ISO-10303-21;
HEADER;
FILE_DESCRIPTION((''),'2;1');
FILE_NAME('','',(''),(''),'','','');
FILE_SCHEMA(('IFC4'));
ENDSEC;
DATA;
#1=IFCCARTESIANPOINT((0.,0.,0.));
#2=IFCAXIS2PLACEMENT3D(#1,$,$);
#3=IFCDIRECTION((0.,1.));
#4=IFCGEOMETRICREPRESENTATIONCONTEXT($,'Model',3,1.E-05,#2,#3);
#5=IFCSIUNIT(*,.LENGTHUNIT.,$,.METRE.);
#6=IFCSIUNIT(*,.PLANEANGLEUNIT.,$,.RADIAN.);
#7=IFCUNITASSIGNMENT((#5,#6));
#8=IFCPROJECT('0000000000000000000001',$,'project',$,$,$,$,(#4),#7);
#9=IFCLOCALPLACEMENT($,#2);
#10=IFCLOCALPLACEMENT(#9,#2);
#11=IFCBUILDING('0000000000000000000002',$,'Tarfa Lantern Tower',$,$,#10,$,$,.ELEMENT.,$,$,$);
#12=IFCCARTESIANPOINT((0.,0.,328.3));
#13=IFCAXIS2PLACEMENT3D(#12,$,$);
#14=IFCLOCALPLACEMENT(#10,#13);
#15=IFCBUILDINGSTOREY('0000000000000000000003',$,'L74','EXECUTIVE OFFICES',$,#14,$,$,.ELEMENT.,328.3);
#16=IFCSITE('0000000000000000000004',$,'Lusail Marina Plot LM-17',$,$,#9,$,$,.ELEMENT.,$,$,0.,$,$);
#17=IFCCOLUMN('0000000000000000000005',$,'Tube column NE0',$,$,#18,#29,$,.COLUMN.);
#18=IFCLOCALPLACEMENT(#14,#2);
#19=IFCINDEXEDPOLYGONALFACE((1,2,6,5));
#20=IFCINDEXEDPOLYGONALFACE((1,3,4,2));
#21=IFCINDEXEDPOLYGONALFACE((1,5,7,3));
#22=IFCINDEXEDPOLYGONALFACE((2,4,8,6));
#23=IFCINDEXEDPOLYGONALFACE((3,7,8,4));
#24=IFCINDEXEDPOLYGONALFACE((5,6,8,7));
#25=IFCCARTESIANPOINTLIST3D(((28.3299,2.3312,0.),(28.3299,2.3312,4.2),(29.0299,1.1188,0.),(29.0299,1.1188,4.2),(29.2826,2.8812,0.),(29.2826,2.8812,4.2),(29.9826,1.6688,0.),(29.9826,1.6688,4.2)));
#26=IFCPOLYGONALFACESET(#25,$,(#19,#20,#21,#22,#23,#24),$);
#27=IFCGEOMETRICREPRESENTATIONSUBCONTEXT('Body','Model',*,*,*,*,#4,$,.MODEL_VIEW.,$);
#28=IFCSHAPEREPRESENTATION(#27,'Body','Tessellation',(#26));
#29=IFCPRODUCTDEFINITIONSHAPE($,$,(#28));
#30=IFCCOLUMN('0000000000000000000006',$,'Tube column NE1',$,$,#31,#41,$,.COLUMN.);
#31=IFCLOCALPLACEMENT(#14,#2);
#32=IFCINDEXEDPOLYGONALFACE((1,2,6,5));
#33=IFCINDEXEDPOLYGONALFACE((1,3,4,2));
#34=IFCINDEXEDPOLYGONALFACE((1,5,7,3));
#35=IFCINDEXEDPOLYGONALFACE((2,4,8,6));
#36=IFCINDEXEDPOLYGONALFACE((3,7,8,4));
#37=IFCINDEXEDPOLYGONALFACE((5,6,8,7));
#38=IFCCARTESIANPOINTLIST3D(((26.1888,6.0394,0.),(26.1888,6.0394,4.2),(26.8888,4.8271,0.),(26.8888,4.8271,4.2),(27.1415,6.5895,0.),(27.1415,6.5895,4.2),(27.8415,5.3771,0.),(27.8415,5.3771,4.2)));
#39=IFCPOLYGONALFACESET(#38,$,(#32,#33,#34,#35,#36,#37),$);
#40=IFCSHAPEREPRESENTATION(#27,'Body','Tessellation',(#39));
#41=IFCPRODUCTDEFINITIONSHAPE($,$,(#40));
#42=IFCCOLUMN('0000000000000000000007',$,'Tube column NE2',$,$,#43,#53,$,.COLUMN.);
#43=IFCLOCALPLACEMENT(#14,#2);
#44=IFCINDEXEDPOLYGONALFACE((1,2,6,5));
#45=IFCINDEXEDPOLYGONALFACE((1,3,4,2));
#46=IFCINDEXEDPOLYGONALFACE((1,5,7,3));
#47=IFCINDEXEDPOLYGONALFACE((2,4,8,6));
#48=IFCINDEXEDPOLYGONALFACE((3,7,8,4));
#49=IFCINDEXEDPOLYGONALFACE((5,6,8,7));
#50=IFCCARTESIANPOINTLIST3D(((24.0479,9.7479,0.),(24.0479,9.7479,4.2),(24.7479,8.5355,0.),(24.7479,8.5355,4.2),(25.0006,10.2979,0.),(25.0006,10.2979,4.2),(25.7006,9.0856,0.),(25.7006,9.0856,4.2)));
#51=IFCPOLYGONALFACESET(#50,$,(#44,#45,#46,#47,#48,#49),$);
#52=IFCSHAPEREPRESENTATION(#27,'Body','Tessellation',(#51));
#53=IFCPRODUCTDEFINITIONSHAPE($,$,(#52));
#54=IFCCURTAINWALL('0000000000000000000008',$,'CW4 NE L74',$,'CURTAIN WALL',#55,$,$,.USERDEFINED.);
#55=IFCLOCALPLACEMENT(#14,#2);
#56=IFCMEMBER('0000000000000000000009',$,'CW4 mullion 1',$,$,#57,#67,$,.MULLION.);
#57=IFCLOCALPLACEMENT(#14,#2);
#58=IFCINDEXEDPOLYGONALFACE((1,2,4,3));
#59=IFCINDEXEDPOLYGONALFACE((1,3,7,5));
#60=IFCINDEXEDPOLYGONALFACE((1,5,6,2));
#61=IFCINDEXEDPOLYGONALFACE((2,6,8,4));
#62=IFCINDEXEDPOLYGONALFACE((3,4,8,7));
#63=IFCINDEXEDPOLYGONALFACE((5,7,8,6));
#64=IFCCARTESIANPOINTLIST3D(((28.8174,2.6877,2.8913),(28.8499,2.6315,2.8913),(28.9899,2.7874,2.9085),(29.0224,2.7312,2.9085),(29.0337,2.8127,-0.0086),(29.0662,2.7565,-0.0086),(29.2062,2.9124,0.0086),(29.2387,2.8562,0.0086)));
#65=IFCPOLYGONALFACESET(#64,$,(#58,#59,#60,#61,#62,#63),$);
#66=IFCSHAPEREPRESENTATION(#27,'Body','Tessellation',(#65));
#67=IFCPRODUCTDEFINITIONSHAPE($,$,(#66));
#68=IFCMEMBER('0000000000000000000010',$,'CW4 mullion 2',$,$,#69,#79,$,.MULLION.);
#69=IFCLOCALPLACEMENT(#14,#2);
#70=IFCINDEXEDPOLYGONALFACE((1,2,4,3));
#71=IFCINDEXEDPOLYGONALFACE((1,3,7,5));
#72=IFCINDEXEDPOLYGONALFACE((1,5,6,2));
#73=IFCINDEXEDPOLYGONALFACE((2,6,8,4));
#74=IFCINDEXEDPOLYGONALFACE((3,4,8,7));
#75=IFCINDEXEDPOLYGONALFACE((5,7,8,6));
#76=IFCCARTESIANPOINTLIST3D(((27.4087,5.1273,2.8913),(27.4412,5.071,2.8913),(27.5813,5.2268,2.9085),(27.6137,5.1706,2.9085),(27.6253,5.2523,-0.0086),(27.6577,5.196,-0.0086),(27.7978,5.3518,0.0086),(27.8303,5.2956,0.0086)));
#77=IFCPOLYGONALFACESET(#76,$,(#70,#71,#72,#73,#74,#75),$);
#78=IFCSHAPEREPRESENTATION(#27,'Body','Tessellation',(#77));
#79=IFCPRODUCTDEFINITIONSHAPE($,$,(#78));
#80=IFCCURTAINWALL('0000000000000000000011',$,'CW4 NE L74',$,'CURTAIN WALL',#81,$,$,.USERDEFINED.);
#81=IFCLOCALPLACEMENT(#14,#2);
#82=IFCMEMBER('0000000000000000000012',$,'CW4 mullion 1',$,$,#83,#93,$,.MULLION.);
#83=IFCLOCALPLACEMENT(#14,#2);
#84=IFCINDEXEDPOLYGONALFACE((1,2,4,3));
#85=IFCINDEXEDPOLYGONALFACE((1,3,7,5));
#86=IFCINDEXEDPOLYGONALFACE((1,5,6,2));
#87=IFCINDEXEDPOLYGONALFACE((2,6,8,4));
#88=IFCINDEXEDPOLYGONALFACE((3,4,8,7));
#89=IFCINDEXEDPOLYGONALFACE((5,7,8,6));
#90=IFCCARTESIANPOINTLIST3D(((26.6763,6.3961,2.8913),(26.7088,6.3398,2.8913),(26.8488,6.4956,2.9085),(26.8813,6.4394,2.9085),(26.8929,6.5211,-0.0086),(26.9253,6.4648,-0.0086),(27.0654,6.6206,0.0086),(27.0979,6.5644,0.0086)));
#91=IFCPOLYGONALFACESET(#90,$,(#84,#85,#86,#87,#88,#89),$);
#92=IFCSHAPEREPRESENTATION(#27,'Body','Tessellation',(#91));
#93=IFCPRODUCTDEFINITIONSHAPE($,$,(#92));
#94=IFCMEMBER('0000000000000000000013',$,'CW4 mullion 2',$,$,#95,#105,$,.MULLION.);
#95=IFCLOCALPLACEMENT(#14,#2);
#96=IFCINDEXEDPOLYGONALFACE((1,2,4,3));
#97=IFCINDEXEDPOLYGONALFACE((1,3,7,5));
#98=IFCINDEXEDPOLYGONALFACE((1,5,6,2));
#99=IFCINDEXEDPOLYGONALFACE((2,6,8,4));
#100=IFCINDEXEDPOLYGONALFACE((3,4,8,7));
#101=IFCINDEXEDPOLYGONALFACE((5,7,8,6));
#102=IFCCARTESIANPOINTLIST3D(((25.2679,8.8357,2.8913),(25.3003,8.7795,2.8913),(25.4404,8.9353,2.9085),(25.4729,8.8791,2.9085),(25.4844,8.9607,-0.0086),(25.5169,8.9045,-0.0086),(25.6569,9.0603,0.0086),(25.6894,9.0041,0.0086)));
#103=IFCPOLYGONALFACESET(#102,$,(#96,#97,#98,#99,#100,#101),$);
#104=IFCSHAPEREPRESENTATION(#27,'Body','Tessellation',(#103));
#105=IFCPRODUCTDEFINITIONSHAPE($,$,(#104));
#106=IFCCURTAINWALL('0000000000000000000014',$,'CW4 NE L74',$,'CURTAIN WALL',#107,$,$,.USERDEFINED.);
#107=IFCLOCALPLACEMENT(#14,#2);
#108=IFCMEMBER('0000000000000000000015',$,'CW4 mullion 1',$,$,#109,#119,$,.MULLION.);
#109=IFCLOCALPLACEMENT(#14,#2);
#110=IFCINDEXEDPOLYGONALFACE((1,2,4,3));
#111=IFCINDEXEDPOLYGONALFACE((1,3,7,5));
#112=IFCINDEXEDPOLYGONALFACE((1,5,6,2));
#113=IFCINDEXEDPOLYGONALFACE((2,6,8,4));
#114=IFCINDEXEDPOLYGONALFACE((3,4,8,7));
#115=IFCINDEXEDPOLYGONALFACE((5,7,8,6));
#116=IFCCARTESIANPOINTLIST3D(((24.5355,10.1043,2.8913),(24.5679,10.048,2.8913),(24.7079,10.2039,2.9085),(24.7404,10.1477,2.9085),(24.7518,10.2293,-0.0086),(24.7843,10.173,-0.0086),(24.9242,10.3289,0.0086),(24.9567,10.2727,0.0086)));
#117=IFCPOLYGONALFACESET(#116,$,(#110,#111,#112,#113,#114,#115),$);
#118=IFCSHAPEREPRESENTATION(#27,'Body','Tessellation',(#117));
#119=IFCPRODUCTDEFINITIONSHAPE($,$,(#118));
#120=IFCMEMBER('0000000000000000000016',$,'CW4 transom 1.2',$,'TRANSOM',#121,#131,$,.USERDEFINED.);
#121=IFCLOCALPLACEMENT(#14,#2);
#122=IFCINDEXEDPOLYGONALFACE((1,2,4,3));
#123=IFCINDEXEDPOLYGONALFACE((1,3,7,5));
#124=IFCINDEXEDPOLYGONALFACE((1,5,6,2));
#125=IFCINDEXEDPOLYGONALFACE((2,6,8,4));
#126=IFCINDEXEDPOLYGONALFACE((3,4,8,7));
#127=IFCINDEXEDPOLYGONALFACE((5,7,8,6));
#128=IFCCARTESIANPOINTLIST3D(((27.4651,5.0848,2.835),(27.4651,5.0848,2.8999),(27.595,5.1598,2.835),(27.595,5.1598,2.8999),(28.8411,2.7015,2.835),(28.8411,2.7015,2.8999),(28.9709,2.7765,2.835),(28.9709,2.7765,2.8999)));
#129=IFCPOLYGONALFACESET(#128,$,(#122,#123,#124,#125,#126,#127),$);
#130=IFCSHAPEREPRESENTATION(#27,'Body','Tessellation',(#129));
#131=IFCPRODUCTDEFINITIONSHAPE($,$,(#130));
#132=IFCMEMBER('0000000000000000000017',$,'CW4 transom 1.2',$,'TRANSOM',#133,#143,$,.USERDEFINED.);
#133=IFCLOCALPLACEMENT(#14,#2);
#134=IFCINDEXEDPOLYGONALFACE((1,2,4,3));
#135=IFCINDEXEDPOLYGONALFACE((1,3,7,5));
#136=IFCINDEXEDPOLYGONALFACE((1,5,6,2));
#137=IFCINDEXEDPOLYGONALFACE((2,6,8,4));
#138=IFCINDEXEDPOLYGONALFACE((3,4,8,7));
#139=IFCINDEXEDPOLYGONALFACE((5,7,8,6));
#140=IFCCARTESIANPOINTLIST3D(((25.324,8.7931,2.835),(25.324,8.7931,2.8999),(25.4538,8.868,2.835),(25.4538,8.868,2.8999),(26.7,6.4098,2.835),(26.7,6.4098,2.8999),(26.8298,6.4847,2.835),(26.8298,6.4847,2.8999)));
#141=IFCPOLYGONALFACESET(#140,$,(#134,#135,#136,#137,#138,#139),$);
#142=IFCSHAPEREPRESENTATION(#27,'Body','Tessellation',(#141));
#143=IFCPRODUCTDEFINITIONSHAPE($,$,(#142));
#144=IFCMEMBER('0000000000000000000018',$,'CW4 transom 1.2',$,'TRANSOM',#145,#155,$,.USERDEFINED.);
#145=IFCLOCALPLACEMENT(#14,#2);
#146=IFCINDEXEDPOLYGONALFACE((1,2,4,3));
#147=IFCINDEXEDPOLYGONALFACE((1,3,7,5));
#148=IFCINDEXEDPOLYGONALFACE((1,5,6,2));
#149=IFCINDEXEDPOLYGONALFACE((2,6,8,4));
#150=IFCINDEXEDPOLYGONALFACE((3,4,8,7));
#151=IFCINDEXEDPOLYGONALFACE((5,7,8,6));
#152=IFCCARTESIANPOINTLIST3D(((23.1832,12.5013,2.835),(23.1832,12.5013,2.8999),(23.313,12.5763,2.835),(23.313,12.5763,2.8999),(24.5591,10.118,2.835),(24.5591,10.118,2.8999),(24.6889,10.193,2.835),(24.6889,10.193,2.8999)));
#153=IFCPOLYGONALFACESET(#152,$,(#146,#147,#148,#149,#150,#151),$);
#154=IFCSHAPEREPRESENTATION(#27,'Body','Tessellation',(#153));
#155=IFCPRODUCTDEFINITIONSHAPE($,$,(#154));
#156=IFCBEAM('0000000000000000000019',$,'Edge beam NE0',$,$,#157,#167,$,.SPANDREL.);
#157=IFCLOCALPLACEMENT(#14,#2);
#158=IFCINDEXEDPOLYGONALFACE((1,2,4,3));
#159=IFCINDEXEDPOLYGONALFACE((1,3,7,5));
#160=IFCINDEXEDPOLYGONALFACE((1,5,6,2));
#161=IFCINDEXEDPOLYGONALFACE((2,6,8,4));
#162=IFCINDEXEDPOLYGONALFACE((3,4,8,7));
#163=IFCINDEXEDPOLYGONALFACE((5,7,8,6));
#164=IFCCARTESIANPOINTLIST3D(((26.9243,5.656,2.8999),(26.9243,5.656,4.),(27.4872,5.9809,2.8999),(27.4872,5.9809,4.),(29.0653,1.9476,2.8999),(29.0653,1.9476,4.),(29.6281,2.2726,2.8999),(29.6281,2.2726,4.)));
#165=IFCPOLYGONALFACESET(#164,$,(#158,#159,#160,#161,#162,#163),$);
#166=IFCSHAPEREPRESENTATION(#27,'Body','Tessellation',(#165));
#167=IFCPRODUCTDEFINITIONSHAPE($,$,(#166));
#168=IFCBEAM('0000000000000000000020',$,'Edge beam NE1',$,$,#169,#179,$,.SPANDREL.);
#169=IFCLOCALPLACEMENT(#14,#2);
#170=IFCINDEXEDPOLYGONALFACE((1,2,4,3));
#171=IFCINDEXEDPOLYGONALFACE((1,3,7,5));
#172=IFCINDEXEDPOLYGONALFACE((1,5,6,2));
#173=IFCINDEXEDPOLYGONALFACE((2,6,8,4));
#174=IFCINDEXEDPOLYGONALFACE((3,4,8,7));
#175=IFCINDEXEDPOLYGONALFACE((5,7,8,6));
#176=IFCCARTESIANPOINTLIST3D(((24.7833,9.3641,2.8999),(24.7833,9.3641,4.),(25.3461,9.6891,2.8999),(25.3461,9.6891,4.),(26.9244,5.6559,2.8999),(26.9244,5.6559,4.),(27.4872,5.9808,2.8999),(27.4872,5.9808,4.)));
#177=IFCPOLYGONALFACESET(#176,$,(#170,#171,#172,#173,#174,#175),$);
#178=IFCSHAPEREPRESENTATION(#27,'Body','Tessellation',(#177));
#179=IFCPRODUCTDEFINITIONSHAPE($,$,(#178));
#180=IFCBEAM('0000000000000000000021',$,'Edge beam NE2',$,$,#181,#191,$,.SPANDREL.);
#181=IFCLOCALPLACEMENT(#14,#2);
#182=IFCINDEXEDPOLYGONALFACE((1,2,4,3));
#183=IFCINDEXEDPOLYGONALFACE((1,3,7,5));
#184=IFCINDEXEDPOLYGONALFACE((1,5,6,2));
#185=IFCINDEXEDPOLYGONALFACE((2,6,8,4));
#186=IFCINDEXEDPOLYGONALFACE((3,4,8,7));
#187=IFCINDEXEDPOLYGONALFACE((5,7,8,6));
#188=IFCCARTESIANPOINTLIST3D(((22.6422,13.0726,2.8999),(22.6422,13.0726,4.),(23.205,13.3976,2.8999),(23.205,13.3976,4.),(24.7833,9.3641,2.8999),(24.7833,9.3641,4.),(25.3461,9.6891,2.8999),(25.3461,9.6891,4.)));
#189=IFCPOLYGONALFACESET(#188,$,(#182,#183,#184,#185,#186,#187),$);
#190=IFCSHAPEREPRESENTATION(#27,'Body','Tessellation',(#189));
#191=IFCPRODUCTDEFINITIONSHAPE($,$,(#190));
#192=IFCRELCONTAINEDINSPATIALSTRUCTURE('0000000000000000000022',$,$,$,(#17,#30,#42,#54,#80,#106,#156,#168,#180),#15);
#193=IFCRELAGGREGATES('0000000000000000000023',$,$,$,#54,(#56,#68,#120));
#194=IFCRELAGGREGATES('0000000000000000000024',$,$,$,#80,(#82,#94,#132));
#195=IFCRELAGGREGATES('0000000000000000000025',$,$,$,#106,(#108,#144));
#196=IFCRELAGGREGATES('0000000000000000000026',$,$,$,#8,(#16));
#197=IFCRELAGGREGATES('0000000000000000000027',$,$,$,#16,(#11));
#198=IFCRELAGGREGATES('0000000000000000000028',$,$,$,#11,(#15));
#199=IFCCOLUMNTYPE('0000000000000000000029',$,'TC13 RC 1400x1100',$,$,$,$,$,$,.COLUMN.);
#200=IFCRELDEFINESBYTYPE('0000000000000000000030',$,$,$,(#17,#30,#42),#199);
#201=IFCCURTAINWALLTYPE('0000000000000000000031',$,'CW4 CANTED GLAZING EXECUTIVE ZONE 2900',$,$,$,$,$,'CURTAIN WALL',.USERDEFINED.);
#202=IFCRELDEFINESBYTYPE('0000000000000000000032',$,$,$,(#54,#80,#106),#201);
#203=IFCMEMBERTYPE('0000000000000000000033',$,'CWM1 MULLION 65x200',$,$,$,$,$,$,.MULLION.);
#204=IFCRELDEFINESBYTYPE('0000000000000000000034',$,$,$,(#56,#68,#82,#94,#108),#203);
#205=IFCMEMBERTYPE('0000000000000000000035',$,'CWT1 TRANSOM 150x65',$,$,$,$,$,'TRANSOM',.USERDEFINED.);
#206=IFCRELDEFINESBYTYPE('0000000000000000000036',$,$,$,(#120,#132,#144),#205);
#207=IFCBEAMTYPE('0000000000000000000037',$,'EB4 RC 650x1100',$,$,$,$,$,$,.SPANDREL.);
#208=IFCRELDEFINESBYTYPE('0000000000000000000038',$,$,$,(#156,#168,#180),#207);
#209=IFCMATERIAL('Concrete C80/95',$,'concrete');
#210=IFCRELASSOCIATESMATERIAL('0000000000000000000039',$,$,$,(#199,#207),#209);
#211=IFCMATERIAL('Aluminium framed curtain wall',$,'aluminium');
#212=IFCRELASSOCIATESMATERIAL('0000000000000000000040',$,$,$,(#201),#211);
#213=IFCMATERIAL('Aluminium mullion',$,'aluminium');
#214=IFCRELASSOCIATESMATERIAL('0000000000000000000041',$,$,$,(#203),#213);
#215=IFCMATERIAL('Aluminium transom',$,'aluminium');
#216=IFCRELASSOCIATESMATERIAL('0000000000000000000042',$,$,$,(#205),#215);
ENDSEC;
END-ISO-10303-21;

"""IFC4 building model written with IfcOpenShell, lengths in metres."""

from ifc_helpers import new_model, si_unit, direction, frame, origin, origin_2d, place, context, subcontext, project, spatial, rectangle, extrude, material, material_profile, profile_set, type_object, element, aggregate, save


model = new_model("IFC4")

# Units and contexts
model_context = context("Model", 3, precision=1e-05, world=origin(), true_north=direction((0.0, 1.0)))
body_context = subcontext(model_context, "Body", "Model", "MODEL_VIEW")
ifc_project = project(units=[si_unit("LENGTHUNIT", "METRE"), si_unit("PLANEANGLEUNIT", "RADIAN")], contexts=[model_context])

# Site, building, storey
site_placement = place(None, origin())
site = spatial("IfcSite", under=ifc_project, at=site_placement, Name="Lusail Marina Plot LM-17", CompositionType="ELEMENT", RefElevation=0.0)
building_placement = place(site_placement, origin())
building = spatial("IfcBuilding", under=site, at=building_placement, Name="Tarfa Lantern Tower", CompositionType="ELEMENT")
storey_placement = place(building_placement, frame((0.0, 0.0, 328.3)))
storey = spatial("IfcBuildingStorey", under=building, at=storey_placement, Name="L74", Description="EXECUTIVE OFFICES", CompositionType="ELEMENT", Elevation=328.3)

# Columns
ifc_material_1 = material(Name="Concrete C80/95", Category="concrete")
ifc_material_profile_1 = material_profile(ifc_material_1, rectangle(XDim=1.3999, YDim=1.1001, at=origin_2d()), Name="RC 1400x1100")
ifc_profile_set_1 = profile_set([ifc_material_profile_1], Name="Concrete C80/95")
column_type = type_object("IfcColumnType", Name="TC13 RC 1400x1100", PredefinedType="COLUMN", material=ifc_profile_set_1)
for number, where, z_axis, x_axis, name in (
    (1, (29.1562, 2.0, 0.0), (0.0, 0.0, 1.0), (-0.5, 0.866025, 0.0), "Tube column NE0"),
    (2, (27.0151, 5.7083, 0.0), (0.0, 0.0, 1.0), (-0.5, 0.866025, 0.0), "Tube column NE1"),
    (3, (24.8743, 9.4167, 0.0), (0.0, 0.0, 1.0), (-0.5, 0.866025, 0.0), "Tube column NE2"),
):
    element("IfcColumn", number, at=place(storey_placement, frame(where, z_axis=z_axis, x_axis=x_axis)), inside=storey, type_object=column_type, Name=name, PredefinedType="COLUMN", context=body_context, shape_type="SweptSolid", body=[
        extrude(rectangle(XDim=1.3999, YDim=1.1001, at=origin_2d()), origin(), (0.0, 0.0, 1.0), 4.2),
    ])

# Curtain walls, members
ifc_material_2 = material(Name="Aluminium framed curtain wall", Category="aluminium")
curtain_wall_type = type_object("IfcCurtainWallType", Name="CW4 CANTED GLAZING EXECUTIVE ZONE 2900", ElementType="CURTAIN WALL", PredefinedType="USERDEFINED", material=ifc_material_2)
curtain_wall_1_placement = place(storey_placement, origin())
curtain_wall_1 = element("IfcCurtainWall", 4, at=curtain_wall_1_placement, inside=storey, type_object=curtain_wall_type, Name="CW4 NE L74", ObjectType="CURTAIN WALL", PredefinedType="USERDEFINED")
ifc_material_3 = material(Name="Aluminium mullion", Category="aluminium")
ifc_material_profile_2 = material_profile(ifc_material_3, rectangle(XDim=0.0649, YDim=0.2, at=origin_2d()), Name="AL MULLION 65x200")
ifc_profile_set_2 = profile_set([ifc_material_profile_2], Name="Aluminium mullion")
member_type_1 = type_object("IfcMemberType", Name="CWM1 MULLION 65x200", PredefinedType="MULLION", material=ifc_profile_set_2)
member_1_placement = place(storey_placement, frame((29.1362, 2.8345, 0.0), z_axis=(-0.074316, -0.042946, 0.99631), x_axis=(0.500343, -0.865827, 0.0)))
member_1 = element("IfcMember", 5, at=member_1_placement, type_object=member_type_1, Name="CW4 mullion 1", PredefinedType="MULLION", context=body_context, shape_type="SweptSolid", body=[
    extrude(rectangle(XDim=0.0649, YDim=0.2, at=origin_2d()), origin(), (0.0, 0.0, 1.0), 2.9106),
])
member_2_placement = place(storey_placement, frame((27.7278, 5.2739, 0.0), z_axis=(-0.0744, -0.042946, 0.996303), x_axis=(0.49992, -0.866072, 0.0)))
member_2 = element("IfcMember", 6, at=member_2_placement, type_object=member_type_1, Name="CW4 mullion 2", PredefinedType="MULLION", context=body_context, shape_type="SweptSolid", body=[
    extrude(rectangle(XDim=0.0649, YDim=0.2, at=origin_2d()), origin(), (0.0, 0.0, 1.0), 2.9106),
])
curtain_wall_2_placement = place(storey_placement, origin())
curtain_wall_2 = element("IfcCurtainWall", 7, at=curtain_wall_2_placement, inside=storey, type_object=curtain_wall_type, Name="CW4 NE L74", ObjectType="CURTAIN WALL", PredefinedType="USERDEFINED")
member_3_placement = place(storey_placement, frame((26.9954, 6.5427, 0.0), z_axis=(-0.0744, -0.042946, 0.996303), x_axis=(0.49992, -0.866072, 0.0)))
member_3 = element("IfcMember", 8, at=member_3_placement, type_object=member_type_1, Name="CW4 mullion 1", PredefinedType="MULLION", context=body_context, shape_type="SweptSolid", body=[
    extrude(rectangle(XDim=0.0649, YDim=0.2, at=origin_2d()), origin(), (0.0, 0.0, 1.0), 2.9106),
])
member_4_placement = place(storey_placement, frame((25.5869, 8.9824, 0.0), z_axis=(-0.0744, -0.042946, 0.996303), x_axis=(0.49992, -0.866072, 0.0)))
member_4 = element("IfcMember", 9, at=member_4_placement, type_object=member_type_1, Name="CW4 mullion 2", PredefinedType="MULLION", context=body_context, shape_type="SweptSolid", body=[
    extrude(rectangle(XDim=0.0649, YDim=0.2, at=origin_2d()), origin(), (0.0, 0.0, 1.0), 2.9106),
])

# Curtain wall, member
curtain_wall_3_placement = place(storey_placement, origin())
curtain_wall_3 = element("IfcCurtainWall", 10, at=curtain_wall_3_placement, inside=storey, type_object=curtain_wall_type, Name="CW4 NE L74", ObjectType="CURTAIN WALL", PredefinedType="USERDEFINED")
member_5_placement = place(storey_placement, frame((24.8542, 10.251, 0.0), z_axis=(-0.074316, -0.042946, 0.99631), x_axis=(0.500343, -0.865827, 0.0)))
member_5 = element("IfcMember", 11, at=member_5_placement, type_object=member_type_1, Name="CW4 mullion 1", PredefinedType="MULLION", context=body_context, shape_type="SweptSolid", body=[
    extrude(rectangle(XDim=0.0649, YDim=0.2, at=origin_2d()), origin(), (0.0, 0.0, 1.0), 2.9106),
])

# Members
ifc_material_4 = material(Name="Aluminium transom", Category="aluminium")
ifc_material_profile_3 = material_profile(ifc_material_4, rectangle(XDim=0.1499, YDim=0.0649, at=origin_2d()), Name="AL TRANSOM 150x65")
ifc_profile_set_3 = profile_set([ifc_material_profile_3], Name="Aluminium transom")
member_type_2 = type_object("IfcMemberType", Name="CWT1 TRANSOM 150x65", ElementType="TRANSOM", PredefinedType="USERDEFINED", material=ifc_profile_set_3)
member_6_placement = place(storey_placement, frame((28.906, 2.739, 2.8674), z_axis=(-0.499994, 0.866029, 0.0), x_axis=(-0.866029, -0.499994, 0.0)))
member_6 = element("IfcMember", 12, at=member_6_placement, type_object=member_type_2, Name="CW4 transom 1.2", ObjectType="TRANSOM", PredefinedType="USERDEFINED", context=body_context, shape_type="SweptSolid", body=[
    extrude(rectangle(XDim=0.1499, YDim=0.0649, at=origin_2d()), origin(), (0.0, 0.0, 1.0), 2.752),
])
member_7_placement = place(storey_placement, frame((26.7649, 6.4473, 2.8674), z_axis=(-0.499994, 0.866029, 0.0), x_axis=(-0.866029, -0.499994, 0.0)))
member_7 = element("IfcMember", 13, at=member_7_placement, type_object=member_type_2, Name="CW4 transom 1.2", ObjectType="TRANSOM", PredefinedType="USERDEFINED", context=body_context, shape_type="SweptSolid", body=[
    extrude(rectangle(XDim=0.1499, YDim=0.0649, at=origin_2d()), origin(), (0.0, 0.0, 1.0), 2.752),
])
member_8_placement = place(storey_placement, frame((24.624, 10.1555, 2.8674), z_axis=(-0.499994, 0.866029, 0.0), x_axis=(-0.866029, -0.499994, 0.0)))
member_8 = element("IfcMember", 14, at=member_8_placement, type_object=member_type_2, Name="CW4 transom 1.2", ObjectType="TRANSOM", PredefinedType="USERDEFINED", context=body_context, shape_type="SweptSolid", body=[
    extrude(rectangle(XDim=0.1499, YDim=0.0649, at=origin_2d()), origin(), (0.0, 0.0, 1.0), 2.752),
])

# Beams
ifc_material_profile_4 = material_profile(ifc_material_1, rectangle(XDim=0.6499, YDim=1.1001, at=origin_2d()), Name="RC 650x1100")
ifc_profile_set_4 = profile_set([ifc_material_profile_4], Name="Concrete C80/95")
beam_type_1 = type_object("IfcBeamType", Name="EB4 RC 650x1100", PredefinedType="SPANDREL", material=ifc_profile_set_4)
for number, where, z_axis, x_axis, name in (
    (15, (29.3467, 2.1101, 3.45), (-0.499984, 0.866035, 0.0), (-0.866035, -0.499984, 0.0), "Edge beam NE0"),
    (16, (27.2058, 5.8184, 3.45), (-0.500027, 0.86601, 0.0), (-0.86601, -0.500027, 0.0), "Edge beam NE1"),
):
    element("IfcBeam", number, at=place(storey_placement, frame(where, z_axis=z_axis, x_axis=x_axis)), inside=storey, type_object=beam_type_1, Name=name, PredefinedType="SPANDREL", context=body_context, shape_type="SweptSolid", body=[
        extrude(rectangle(XDim=0.6499, YDim=1.1001, at=origin_2d()), origin(), (0.0, 0.0, 1.0), 4.282),
    ])
beam_1_placement = place(storey_placement, frame((25.0647, 9.5266, 3.45), z_axis=(-0.500002, 0.866024, 0.0), x_axis=(-0.866024, -0.500002, 0.0)))
element("IfcBeam", 17, at=beam_1_placement, inside=storey, type_object=beam_type_1, Name="Edge beam NE2", PredefinedType="SPANDREL", context=body_context, shape_type="SweptSolid", body=[
    extrude(rectangle(XDim=0.6499, YDim=1.1001, at=origin_2d()), origin(), (0.0, 0.0, 1.0), 4.2822),
])

aggregate(curtain_wall_1, [member_1, member_2, member_6])
aggregate(curtain_wall_2, [member_3, member_4, member_7])
aggregate(curtain_wall_3, [member_5, member_8])

save(model, "model.ifc")
